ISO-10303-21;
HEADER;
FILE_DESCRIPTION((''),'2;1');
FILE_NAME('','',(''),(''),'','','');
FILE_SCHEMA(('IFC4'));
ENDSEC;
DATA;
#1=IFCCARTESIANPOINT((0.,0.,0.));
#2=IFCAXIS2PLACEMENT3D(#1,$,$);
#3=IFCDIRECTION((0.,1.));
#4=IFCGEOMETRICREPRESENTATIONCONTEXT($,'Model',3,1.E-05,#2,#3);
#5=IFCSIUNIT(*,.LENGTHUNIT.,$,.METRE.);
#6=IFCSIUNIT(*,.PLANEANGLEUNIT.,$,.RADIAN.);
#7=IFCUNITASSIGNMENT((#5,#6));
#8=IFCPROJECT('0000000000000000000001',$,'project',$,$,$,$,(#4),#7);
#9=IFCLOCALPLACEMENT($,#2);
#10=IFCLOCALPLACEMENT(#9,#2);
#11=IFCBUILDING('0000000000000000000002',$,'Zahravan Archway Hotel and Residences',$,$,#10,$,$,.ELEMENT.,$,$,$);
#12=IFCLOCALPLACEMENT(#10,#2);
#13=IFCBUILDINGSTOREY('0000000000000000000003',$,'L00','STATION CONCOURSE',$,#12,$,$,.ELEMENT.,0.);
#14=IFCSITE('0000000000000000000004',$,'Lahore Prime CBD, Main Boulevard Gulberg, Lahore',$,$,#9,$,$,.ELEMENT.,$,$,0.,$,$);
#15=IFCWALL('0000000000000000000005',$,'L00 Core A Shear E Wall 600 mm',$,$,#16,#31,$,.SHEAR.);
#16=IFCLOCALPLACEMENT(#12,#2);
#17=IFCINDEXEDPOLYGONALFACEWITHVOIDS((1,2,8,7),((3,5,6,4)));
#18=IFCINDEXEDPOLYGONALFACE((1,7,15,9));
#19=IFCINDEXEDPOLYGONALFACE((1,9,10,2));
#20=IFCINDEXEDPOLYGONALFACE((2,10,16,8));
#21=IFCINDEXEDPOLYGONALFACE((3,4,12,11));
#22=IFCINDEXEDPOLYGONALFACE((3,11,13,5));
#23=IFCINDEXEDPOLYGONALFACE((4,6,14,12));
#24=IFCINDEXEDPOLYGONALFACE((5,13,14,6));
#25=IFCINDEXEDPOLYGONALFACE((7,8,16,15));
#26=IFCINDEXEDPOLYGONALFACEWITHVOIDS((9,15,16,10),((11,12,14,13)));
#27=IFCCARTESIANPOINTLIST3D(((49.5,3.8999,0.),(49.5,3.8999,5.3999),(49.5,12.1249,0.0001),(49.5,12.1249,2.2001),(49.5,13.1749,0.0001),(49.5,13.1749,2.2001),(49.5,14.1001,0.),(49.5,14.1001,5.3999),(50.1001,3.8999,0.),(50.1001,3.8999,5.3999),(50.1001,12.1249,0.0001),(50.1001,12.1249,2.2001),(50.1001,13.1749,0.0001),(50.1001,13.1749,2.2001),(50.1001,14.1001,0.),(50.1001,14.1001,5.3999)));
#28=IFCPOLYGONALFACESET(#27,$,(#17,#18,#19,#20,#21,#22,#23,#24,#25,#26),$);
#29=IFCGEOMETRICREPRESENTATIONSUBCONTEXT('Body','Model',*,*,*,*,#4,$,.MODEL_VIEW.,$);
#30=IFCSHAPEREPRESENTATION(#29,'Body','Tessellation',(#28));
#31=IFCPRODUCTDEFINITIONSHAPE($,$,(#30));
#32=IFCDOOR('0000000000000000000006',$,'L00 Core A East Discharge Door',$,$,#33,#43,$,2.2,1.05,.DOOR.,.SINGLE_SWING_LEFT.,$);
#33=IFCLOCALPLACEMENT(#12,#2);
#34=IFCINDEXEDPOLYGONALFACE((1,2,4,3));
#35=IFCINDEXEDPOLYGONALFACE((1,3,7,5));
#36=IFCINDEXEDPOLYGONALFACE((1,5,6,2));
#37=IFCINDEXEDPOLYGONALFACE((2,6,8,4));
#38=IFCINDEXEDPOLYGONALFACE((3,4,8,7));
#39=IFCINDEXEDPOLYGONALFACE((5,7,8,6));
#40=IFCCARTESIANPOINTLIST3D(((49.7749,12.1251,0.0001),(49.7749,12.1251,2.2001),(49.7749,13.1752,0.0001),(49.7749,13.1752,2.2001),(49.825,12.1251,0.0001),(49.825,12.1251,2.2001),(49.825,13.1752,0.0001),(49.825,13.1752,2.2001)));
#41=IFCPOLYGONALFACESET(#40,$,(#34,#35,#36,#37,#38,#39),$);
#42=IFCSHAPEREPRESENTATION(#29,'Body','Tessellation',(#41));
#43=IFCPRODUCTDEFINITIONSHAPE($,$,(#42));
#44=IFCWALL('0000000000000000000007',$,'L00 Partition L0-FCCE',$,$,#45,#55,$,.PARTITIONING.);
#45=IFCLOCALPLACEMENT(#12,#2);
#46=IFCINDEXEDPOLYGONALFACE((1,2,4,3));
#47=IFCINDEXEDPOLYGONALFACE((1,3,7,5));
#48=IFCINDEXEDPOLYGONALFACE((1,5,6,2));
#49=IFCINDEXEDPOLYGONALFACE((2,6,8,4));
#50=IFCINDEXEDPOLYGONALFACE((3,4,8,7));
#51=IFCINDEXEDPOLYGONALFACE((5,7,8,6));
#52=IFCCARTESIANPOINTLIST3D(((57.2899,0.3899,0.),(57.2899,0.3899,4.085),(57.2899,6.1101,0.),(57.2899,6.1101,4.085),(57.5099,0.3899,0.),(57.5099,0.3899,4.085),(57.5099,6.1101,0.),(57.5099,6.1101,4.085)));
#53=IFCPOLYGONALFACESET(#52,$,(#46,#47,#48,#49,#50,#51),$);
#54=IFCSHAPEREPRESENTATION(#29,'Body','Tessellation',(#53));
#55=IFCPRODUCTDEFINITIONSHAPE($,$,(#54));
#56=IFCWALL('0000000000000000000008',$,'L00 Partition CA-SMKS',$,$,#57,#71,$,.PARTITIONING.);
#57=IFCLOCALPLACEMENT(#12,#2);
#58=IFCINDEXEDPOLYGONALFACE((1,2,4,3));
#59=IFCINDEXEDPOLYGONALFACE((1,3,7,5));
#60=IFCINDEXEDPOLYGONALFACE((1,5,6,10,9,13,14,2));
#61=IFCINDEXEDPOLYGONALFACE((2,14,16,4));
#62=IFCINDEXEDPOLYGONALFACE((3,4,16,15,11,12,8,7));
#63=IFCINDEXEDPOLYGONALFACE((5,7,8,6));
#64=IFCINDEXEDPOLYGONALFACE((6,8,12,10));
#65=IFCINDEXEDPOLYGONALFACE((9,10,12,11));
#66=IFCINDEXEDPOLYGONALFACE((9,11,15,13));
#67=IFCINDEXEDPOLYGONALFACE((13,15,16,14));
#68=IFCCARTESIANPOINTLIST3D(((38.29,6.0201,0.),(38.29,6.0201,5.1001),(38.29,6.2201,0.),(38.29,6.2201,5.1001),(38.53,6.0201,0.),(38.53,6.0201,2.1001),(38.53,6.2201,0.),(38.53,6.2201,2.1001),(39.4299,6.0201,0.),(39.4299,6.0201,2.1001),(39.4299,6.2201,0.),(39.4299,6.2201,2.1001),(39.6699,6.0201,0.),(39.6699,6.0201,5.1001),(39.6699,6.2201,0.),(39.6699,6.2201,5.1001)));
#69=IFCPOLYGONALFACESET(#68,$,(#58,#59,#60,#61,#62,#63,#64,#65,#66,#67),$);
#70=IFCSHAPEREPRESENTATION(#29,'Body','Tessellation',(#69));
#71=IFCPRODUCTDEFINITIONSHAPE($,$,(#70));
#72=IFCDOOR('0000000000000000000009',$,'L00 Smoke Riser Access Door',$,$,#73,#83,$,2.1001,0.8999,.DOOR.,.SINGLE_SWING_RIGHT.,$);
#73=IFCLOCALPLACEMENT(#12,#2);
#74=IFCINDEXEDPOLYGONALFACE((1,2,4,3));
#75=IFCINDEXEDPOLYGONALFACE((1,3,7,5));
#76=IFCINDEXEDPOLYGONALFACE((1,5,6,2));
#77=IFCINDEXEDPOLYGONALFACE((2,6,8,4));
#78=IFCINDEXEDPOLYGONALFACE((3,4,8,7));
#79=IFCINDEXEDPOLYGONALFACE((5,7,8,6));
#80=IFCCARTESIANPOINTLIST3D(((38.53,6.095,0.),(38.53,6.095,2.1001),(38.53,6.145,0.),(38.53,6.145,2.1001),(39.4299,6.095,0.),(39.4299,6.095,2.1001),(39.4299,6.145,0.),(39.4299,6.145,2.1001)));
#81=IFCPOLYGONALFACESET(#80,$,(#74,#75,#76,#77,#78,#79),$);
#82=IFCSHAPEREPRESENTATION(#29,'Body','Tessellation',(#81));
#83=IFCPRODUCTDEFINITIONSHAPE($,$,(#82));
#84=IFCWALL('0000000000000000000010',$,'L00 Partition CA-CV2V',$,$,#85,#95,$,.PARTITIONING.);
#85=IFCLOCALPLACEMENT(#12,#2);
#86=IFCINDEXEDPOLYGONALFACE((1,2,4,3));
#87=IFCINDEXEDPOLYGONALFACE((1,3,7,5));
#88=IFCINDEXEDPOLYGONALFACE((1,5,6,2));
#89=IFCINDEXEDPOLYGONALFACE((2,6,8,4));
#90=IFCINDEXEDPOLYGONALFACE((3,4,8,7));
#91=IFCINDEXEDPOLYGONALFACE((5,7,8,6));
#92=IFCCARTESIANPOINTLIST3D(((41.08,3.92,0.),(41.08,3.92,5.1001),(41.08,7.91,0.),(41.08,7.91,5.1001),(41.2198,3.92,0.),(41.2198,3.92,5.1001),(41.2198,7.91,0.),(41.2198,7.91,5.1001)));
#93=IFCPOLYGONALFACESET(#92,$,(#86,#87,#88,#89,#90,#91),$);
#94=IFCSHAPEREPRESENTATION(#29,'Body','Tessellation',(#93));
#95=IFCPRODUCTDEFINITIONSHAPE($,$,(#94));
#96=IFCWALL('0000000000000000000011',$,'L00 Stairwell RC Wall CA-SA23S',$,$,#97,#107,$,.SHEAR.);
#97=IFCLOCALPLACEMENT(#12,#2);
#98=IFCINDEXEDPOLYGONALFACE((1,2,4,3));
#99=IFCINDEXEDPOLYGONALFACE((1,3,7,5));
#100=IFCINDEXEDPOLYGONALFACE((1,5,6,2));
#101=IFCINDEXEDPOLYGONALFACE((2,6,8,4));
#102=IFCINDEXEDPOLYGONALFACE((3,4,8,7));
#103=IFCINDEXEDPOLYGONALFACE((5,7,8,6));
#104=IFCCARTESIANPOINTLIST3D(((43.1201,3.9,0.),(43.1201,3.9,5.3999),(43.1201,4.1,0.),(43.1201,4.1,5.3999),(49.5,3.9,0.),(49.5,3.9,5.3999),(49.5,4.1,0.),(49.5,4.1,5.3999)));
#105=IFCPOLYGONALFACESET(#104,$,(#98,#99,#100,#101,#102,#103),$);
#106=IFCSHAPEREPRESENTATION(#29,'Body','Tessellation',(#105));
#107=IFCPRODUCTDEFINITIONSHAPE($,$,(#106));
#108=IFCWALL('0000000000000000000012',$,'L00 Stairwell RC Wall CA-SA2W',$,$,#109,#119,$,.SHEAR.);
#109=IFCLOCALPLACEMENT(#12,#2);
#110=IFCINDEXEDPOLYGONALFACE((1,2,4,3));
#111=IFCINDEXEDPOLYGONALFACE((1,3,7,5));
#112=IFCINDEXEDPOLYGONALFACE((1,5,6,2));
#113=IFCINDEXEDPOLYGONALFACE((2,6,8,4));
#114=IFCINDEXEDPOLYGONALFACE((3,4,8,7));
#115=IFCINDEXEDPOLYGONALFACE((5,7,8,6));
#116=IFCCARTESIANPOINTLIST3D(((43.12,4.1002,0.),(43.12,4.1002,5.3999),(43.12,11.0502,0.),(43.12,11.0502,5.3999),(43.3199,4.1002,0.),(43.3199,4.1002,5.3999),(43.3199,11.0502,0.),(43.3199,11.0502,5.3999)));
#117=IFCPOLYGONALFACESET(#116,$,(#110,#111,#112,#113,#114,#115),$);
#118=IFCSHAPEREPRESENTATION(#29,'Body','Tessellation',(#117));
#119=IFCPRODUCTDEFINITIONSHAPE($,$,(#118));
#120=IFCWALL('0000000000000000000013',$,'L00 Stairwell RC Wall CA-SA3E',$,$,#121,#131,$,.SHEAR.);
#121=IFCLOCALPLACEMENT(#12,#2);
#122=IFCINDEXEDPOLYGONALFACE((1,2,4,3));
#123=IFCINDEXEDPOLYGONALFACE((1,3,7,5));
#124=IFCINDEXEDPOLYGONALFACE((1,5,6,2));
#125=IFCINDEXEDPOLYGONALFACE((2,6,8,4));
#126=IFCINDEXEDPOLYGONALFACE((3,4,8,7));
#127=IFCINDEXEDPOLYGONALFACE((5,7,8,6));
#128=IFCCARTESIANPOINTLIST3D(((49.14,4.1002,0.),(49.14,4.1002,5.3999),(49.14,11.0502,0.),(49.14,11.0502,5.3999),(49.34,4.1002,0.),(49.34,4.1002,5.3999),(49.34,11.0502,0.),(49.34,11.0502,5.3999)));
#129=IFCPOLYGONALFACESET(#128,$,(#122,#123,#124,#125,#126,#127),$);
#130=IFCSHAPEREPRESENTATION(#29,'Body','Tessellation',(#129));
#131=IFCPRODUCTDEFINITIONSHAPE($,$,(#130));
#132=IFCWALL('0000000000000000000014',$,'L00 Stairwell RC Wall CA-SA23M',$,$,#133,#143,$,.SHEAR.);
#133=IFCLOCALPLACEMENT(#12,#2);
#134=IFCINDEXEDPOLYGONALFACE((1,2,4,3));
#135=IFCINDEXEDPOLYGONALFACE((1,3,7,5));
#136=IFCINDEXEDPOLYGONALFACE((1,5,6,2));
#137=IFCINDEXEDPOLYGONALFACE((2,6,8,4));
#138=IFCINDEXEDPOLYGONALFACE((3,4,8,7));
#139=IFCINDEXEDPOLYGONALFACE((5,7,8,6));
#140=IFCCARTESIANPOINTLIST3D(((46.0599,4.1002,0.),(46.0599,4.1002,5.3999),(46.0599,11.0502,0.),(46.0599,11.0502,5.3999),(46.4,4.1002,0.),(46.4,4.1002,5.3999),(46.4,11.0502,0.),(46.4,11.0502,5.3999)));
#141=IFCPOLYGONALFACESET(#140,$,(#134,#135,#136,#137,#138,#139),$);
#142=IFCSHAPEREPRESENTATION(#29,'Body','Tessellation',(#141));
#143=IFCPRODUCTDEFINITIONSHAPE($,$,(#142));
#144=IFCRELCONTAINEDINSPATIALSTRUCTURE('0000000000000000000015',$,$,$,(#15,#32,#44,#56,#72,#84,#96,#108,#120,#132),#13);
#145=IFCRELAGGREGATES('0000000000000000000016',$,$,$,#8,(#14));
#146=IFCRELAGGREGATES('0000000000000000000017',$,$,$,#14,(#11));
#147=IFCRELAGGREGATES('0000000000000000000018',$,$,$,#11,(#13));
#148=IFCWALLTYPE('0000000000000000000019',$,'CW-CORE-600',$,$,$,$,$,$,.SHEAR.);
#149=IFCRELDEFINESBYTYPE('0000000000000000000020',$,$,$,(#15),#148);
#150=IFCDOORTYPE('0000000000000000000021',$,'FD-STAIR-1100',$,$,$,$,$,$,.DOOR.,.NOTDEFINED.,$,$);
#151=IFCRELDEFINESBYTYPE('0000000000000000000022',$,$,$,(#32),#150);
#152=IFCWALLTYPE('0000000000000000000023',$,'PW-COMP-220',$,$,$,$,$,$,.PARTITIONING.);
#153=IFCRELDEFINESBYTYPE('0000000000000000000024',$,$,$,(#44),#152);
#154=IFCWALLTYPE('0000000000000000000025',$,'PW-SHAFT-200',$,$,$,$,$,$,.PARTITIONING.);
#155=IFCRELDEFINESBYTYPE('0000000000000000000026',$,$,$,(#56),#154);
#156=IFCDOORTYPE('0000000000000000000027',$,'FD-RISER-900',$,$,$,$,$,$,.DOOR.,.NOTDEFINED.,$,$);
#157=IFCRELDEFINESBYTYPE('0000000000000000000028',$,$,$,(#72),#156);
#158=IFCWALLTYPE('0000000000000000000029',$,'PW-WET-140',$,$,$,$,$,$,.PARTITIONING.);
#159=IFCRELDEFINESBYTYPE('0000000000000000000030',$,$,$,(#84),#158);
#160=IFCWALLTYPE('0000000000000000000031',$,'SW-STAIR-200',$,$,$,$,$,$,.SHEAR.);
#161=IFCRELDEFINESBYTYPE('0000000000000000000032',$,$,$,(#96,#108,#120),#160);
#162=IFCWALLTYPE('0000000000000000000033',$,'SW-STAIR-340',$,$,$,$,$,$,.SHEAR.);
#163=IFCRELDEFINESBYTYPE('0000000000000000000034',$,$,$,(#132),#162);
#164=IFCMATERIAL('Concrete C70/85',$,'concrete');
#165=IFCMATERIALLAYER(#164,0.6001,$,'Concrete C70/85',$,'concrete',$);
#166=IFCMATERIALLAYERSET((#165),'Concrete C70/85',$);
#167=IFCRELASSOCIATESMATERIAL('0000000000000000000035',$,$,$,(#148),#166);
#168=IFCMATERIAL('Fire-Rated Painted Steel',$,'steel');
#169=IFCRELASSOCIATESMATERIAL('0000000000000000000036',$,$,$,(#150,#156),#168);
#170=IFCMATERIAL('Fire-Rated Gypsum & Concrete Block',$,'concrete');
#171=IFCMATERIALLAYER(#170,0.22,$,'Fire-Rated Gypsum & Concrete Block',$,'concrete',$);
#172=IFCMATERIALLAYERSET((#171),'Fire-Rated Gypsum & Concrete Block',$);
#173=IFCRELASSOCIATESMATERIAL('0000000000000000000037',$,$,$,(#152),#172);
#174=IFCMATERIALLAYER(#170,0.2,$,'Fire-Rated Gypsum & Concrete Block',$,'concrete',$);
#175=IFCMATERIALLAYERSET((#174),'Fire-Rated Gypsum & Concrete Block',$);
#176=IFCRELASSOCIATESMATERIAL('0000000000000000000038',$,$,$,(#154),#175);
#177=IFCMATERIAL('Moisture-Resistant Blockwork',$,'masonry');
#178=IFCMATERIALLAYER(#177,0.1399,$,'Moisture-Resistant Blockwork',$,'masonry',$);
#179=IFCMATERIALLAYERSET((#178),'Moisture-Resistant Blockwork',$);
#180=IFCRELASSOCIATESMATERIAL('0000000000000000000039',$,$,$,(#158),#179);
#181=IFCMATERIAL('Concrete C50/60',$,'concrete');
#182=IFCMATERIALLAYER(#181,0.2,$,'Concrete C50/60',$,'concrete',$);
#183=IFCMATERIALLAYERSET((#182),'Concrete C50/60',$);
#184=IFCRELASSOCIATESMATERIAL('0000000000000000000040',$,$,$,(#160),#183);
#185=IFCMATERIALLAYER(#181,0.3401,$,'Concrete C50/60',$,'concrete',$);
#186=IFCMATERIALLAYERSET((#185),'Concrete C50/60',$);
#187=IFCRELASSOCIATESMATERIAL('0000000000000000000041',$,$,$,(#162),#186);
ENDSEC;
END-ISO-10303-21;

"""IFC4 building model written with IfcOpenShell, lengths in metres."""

from ifc_helpers import new_model, si_unit, direction, frame, frame_2d, origin, place, context, subcontext, project, spatial, rectangle, extrude, source, transform, mapped, material, layer, layer_set, type_object, type_shapes, element, fill, save


model = new_model("IFC4")

# Units and contexts
model_context = context("Model", 3, precision=1e-05, world=origin(), true_north=direction((0.0, 1.0)))
body_context = subcontext(model_context, "Body", "Model", "MODEL_VIEW")
ifc_project = project(units=[si_unit("LENGTHUNIT", "METRE"), si_unit("PLANEANGLEUNIT", "RADIAN")], contexts=[model_context])

# Site, building, storey
site_placement = place(None, origin())
site = spatial("IfcSite", under=ifc_project, at=site_placement, Name="Lahore Prime CBD, Main Boulevard Gulberg, Lahore", CompositionType="ELEMENT", RefElevation=0.0)
building_placement = place(site_placement, origin())
building = spatial("IfcBuilding", under=site, at=building_placement, Name="Zahravan Archway Hotel and Residences", CompositionType="ELEMENT")
storey_placement = place(building_placement, origin())
storey = spatial("IfcBuildingStorey", under=building, at=storey_placement, Name="L00", Description="STATION CONCOURSE", CompositionType="ELEMENT", Elevation=0.0)

# Shared definitions
ifc_material_1 = material(Name="Concrete C70/85", Category="concrete")

# Wall, opening, door
ifc_layer_1 = layer(ifc_material_1, 0.6001, Name="Concrete C70/85", Category="concrete")
ifc_layer_set_1 = layer_set([ifc_layer_1], Name="Concrete C70/85")
wall_type_1 = type_object("IfcWallType", Name="CW-CORE-600", PredefinedType="SHEAR", material=ifc_layer_set_1)
wall_1_placement = place(storey_placement, frame((49.8, 3.8999, 0.0), z_axis=(0.0, 0.0, 1.0), x_axis=(0.0, 1.0, 0.0)))
wall_1 = element("IfcWall", 1, at=wall_1_placement, inside=storey, type_object=wall_type_1, Name="L00 Core A Shear E Wall 600 mm", PredefinedType="SHEAR", context=body_context, shape_type="SweptSolid", body=[
    extrude(rectangle(XDim=10.2002, YDim=0.6001, at=frame_2d((5.1001, 0.0))), origin(), (0.0, 0.0, 1.0), 5.3999),
])
opening_1_placement = place(wall_1_placement, frame((8.2251, 0.0, 0.0)))
opening_1 = element("IfcOpeningElement", 2, at=opening_1_placement, cuts=wall_1, PredefinedType="OPENING", context=body_context, shape_type="SweptSolid", body=[
    extrude(rectangle(XDim=1.05, YDim=2.2, at=frame_2d((0.5249, 1.1001))), frame((0.0, 0.3101, 0.0), z_axis=(0.0, -1.0, 0.0), x_axis=(1.0, 0.0, 0.0)), (0.0, 0.0, 1.0), 0.6201),
])
ifc_material_2 = material(Name="Fire-Rated Painted Steel", Category="steel")
door_type_1 = type_object("IfcDoorType", Name="FD-STAIR-1100", OperationType="NOTDEFINED", PredefinedType="DOOR", material=ifc_material_2)
shared_shape_1 = source(origin(), body_context, "Body", "SweptSolid", [
    extrude(rectangle(XDim=1.05, YDim=2.2, at=frame_2d((0.5249, 1.1001))), frame((0.0, 0.0249, 0.0), z_axis=(0.0, -1.0, 0.0), x_axis=(1.0, 0.0, 0.0)), (0.0, 0.0, 1.0), 0.05),
])
type_shapes(door_type_1, [shared_shape_1])
door_1_placement = place(opening_1_placement, frame((1.05, 0.0, 0.0), z_axis=(0.0, 0.0, 1.0), x_axis=(-1.0, 0.0, 0.0)))
door_1 = element("IfcDoor", 3, at=door_1_placement, inside=storey, type_object=door_type_1, Name="L00 Core A East Discharge Door", OperationType="SINGLE_SWING_LEFT", OverallHeight=2.2, OverallWidth=1.05, PredefinedType="DOOR", context=body_context, shape_type="MappedRepresentation", body=[
    mapped(shared_shape_1, transform((0.0, 0.0, 0.0), scale=1.0)),
])
fill(opening_1, door_1)

# Wall
ifc_material_3 = material(Name="Fire-Rated Gypsum & Concrete Block", Category="concrete")
ifc_layer_2 = layer(ifc_material_3, 0.22, Name="Fire-Rated Gypsum & Concrete Block", Category="concrete")
ifc_layer_set_2 = layer_set([ifc_layer_2], Name="Fire-Rated Gypsum & Concrete Block")
wall_type_2 = type_object("IfcWallType", Name="PW-COMP-220", PredefinedType="PARTITIONING", material=ifc_layer_set_2)
wall_2_placement = place(storey_placement, frame((57.3999, 0.3899, 0.0), z_axis=(0.0, 0.0, 1.0), x_axis=(0.0, 1.0, 0.0)))
element("IfcWall", 4, at=wall_2_placement, inside=storey, type_object=wall_type_2, Name="L00 Partition L0-FCCE", PredefinedType="PARTITIONING", context=body_context, shape_type="SweptSolid", body=[
    extrude(rectangle(XDim=5.7202, YDim=0.22, at=frame_2d((2.8601, 0.0))), origin(), (0.0, 0.0, 1.0), 4.085),
])

# Wall, opening, door
ifc_layer_3 = layer(ifc_material_3, 0.2, Name="Fire-Rated Gypsum & Concrete Block", Category="concrete")
ifc_layer_set_3 = layer_set([ifc_layer_3], Name="Fire-Rated Gypsum & Concrete Block")
wall_type_3 = type_object("IfcWallType", Name="PW-SHAFT-200", PredefinedType="PARTITIONING", material=ifc_layer_set_3)
wall_3_placement = place(storey_placement, frame((38.29, 6.1201, 0.0), z_axis=(0.0, 0.0, 1.0), x_axis=(1.0, 0.0, 0.0)))
wall_3 = element("IfcWall", 5, at=wall_3_placement, inside=storey, type_object=wall_type_3, Name="L00 Partition CA-SMKS", PredefinedType="PARTITIONING", context=body_context, shape_type="SweptSolid", body=[
    extrude(rectangle(XDim=1.3799, YDim=0.2, at=frame_2d((0.6899, 0.0))), origin(), (0.0, 0.0, 1.0), 5.1001),
])
opening_2_placement = place(wall_3_placement, frame((0.24, 0.0, 0.0)))
opening_2 = element("IfcOpeningElement", 6, at=opening_2_placement, cuts=wall_3, PredefinedType="OPENING", context=body_context, shape_type="SweptSolid", body=[
    extrude(rectangle(XDim=0.8999, YDim=2.1001, at=frame_2d((0.45, 1.05))), frame((0.0, 0.1099, 0.0), z_axis=(0.0, -1.0, 0.0), x_axis=(1.0, 0.0, 0.0)), (0.0, 0.0, 1.0), 0.22),
])
door_type_2 = type_object("IfcDoorType", Name="FD-RISER-900", OperationType="NOTDEFINED", PredefinedType="DOOR", material=ifc_material_2)
shared_shape_2 = source(origin(), body_context, "Body", "SweptSolid", [
    extrude(rectangle(XDim=0.8999, YDim=2.1001, at=frame_2d((0.45, 1.05))), frame((0.0, 0.0249, 0.0), z_axis=(0.0, -1.0, 0.0), x_axis=(1.0, 0.0, 0.0)), (0.0, 0.0, 1.0), 0.05),
])
type_shapes(door_type_2, [shared_shape_2])
door_2_placement = place(opening_2_placement, origin())
door_2 = element("IfcDoor", 7, at=door_2_placement, inside=storey, type_object=door_type_2, Name="L00 Smoke Riser Access Door", OperationType="SINGLE_SWING_RIGHT", OverallHeight=2.1001, OverallWidth=0.8999, PredefinedType="DOOR", context=body_context, shape_type="MappedRepresentation", body=[
    mapped(shared_shape_2, transform((0.0, 0.0, 0.0), scale=1.0)),
])
fill(opening_2, door_2)

# Walls
ifc_material_4 = material(Name="Moisture-Resistant Blockwork", Category="masonry")
ifc_layer_4 = layer(ifc_material_4, 0.1399, Name="Moisture-Resistant Blockwork", Category="masonry")
ifc_layer_set_4 = layer_set([ifc_layer_4], Name="Moisture-Resistant Blockwork")
wall_type_4 = type_object("IfcWallType", Name="PW-WET-140", PredefinedType="PARTITIONING", material=ifc_layer_set_4)
wall_4_placement = place(storey_placement, frame((41.1499, 3.9199, 0.0), z_axis=(0.0, 0.0, 1.0), x_axis=(0.0, 1.0, 0.0)))
element("IfcWall", 8, at=wall_4_placement, inside=storey, type_object=wall_type_4, Name="L00 Partition CA-CV2V", PredefinedType="PARTITIONING", context=body_context, shape_type="SweptSolid", body=[
    extrude(rectangle(XDim=3.99, YDim=0.1399, at=frame_2d((1.9951, 0.0))), origin(), (0.0, 0.0, 1.0), 5.1001),
])
ifc_material_5 = material(Name="Concrete C50/60", Category="concrete")
ifc_layer_5 = layer(ifc_material_5, 0.2, Name="Concrete C50/60", Category="concrete")
ifc_layer_set_5 = layer_set([ifc_layer_5], Name="Concrete C50/60")
wall_type_5 = type_object("IfcWallType", Name="SW-STAIR-200", PredefinedType="SHEAR", material=ifc_layer_set_5)
wall_5_placement = place(storey_placement, frame((43.1201, 4.0, 0.0), z_axis=(0.0, 0.0, 1.0), x_axis=(1.0, 0.0, 0.0)))
element("IfcWall", 9, at=wall_5_placement, inside=storey, type_object=wall_type_5, Name="L00 Stairwell RC Wall CA-SA23S", PredefinedType="SHEAR", context=body_context, shape_type="SweptSolid", body=[
    extrude(rectangle(XDim=6.3799, YDim=0.2, at=frame_2d((3.1899, 0.0))), origin(), (0.0, 0.0, 1.0), 5.3999),
])
for number, where, z_axis, x_axis, name in (
    (10, (43.22, 4.1001, 0.0), (0.0, 0.0, 1.0), (0.0, 1.0, 0.0), "L00 Stairwell RC Wall CA-SA2W"),
    (11, (49.24, 4.1001, 0.0), (0.0, 0.0, 1.0), (0.0, 1.0, 0.0), "L00 Stairwell RC Wall CA-SA3E"),
):
    element("IfcWall", number, at=place(storey_placement, frame(where, z_axis=z_axis, x_axis=x_axis)), inside=storey, type_object=wall_type_5, Name=name, PredefinedType="SHEAR", context=body_context, shape_type="SweptSolid", body=[
        extrude(rectangle(XDim=6.95, YDim=0.2, at=frame_2d((3.4751, 0.0))), origin(), (0.0, 0.0, 1.0), 5.3999),
    ])
ifc_layer_6 = layer(ifc_material_5, 0.3401, Name="Concrete C50/60", Category="concrete")
ifc_layer_set_6 = layer_set([ifc_layer_6], Name="Concrete C50/60")
wall_type_6 = type_object("IfcWallType", Name="SW-STAIR-340", PredefinedType="SHEAR", material=ifc_layer_set_6)
wall_6_placement = place(storey_placement, frame((46.23, 4.1001, 0.0), z_axis=(0.0, 0.0, 1.0), x_axis=(0.0, 1.0, 0.0)))
element("IfcWall", 12, at=wall_6_placement, inside=storey, type_object=wall_type_6, Name="L00 Stairwell RC Wall CA-SA23M", PredefinedType="SHEAR", context=body_context, shape_type="SweptSolid", body=[
    extrude(rectangle(XDim=6.95, YDim=0.3401, at=frame_2d((3.4751, 0.0))), origin(), (0.0, 0.0, 1.0), 5.3999),
])

save(model, "model.ifc")
